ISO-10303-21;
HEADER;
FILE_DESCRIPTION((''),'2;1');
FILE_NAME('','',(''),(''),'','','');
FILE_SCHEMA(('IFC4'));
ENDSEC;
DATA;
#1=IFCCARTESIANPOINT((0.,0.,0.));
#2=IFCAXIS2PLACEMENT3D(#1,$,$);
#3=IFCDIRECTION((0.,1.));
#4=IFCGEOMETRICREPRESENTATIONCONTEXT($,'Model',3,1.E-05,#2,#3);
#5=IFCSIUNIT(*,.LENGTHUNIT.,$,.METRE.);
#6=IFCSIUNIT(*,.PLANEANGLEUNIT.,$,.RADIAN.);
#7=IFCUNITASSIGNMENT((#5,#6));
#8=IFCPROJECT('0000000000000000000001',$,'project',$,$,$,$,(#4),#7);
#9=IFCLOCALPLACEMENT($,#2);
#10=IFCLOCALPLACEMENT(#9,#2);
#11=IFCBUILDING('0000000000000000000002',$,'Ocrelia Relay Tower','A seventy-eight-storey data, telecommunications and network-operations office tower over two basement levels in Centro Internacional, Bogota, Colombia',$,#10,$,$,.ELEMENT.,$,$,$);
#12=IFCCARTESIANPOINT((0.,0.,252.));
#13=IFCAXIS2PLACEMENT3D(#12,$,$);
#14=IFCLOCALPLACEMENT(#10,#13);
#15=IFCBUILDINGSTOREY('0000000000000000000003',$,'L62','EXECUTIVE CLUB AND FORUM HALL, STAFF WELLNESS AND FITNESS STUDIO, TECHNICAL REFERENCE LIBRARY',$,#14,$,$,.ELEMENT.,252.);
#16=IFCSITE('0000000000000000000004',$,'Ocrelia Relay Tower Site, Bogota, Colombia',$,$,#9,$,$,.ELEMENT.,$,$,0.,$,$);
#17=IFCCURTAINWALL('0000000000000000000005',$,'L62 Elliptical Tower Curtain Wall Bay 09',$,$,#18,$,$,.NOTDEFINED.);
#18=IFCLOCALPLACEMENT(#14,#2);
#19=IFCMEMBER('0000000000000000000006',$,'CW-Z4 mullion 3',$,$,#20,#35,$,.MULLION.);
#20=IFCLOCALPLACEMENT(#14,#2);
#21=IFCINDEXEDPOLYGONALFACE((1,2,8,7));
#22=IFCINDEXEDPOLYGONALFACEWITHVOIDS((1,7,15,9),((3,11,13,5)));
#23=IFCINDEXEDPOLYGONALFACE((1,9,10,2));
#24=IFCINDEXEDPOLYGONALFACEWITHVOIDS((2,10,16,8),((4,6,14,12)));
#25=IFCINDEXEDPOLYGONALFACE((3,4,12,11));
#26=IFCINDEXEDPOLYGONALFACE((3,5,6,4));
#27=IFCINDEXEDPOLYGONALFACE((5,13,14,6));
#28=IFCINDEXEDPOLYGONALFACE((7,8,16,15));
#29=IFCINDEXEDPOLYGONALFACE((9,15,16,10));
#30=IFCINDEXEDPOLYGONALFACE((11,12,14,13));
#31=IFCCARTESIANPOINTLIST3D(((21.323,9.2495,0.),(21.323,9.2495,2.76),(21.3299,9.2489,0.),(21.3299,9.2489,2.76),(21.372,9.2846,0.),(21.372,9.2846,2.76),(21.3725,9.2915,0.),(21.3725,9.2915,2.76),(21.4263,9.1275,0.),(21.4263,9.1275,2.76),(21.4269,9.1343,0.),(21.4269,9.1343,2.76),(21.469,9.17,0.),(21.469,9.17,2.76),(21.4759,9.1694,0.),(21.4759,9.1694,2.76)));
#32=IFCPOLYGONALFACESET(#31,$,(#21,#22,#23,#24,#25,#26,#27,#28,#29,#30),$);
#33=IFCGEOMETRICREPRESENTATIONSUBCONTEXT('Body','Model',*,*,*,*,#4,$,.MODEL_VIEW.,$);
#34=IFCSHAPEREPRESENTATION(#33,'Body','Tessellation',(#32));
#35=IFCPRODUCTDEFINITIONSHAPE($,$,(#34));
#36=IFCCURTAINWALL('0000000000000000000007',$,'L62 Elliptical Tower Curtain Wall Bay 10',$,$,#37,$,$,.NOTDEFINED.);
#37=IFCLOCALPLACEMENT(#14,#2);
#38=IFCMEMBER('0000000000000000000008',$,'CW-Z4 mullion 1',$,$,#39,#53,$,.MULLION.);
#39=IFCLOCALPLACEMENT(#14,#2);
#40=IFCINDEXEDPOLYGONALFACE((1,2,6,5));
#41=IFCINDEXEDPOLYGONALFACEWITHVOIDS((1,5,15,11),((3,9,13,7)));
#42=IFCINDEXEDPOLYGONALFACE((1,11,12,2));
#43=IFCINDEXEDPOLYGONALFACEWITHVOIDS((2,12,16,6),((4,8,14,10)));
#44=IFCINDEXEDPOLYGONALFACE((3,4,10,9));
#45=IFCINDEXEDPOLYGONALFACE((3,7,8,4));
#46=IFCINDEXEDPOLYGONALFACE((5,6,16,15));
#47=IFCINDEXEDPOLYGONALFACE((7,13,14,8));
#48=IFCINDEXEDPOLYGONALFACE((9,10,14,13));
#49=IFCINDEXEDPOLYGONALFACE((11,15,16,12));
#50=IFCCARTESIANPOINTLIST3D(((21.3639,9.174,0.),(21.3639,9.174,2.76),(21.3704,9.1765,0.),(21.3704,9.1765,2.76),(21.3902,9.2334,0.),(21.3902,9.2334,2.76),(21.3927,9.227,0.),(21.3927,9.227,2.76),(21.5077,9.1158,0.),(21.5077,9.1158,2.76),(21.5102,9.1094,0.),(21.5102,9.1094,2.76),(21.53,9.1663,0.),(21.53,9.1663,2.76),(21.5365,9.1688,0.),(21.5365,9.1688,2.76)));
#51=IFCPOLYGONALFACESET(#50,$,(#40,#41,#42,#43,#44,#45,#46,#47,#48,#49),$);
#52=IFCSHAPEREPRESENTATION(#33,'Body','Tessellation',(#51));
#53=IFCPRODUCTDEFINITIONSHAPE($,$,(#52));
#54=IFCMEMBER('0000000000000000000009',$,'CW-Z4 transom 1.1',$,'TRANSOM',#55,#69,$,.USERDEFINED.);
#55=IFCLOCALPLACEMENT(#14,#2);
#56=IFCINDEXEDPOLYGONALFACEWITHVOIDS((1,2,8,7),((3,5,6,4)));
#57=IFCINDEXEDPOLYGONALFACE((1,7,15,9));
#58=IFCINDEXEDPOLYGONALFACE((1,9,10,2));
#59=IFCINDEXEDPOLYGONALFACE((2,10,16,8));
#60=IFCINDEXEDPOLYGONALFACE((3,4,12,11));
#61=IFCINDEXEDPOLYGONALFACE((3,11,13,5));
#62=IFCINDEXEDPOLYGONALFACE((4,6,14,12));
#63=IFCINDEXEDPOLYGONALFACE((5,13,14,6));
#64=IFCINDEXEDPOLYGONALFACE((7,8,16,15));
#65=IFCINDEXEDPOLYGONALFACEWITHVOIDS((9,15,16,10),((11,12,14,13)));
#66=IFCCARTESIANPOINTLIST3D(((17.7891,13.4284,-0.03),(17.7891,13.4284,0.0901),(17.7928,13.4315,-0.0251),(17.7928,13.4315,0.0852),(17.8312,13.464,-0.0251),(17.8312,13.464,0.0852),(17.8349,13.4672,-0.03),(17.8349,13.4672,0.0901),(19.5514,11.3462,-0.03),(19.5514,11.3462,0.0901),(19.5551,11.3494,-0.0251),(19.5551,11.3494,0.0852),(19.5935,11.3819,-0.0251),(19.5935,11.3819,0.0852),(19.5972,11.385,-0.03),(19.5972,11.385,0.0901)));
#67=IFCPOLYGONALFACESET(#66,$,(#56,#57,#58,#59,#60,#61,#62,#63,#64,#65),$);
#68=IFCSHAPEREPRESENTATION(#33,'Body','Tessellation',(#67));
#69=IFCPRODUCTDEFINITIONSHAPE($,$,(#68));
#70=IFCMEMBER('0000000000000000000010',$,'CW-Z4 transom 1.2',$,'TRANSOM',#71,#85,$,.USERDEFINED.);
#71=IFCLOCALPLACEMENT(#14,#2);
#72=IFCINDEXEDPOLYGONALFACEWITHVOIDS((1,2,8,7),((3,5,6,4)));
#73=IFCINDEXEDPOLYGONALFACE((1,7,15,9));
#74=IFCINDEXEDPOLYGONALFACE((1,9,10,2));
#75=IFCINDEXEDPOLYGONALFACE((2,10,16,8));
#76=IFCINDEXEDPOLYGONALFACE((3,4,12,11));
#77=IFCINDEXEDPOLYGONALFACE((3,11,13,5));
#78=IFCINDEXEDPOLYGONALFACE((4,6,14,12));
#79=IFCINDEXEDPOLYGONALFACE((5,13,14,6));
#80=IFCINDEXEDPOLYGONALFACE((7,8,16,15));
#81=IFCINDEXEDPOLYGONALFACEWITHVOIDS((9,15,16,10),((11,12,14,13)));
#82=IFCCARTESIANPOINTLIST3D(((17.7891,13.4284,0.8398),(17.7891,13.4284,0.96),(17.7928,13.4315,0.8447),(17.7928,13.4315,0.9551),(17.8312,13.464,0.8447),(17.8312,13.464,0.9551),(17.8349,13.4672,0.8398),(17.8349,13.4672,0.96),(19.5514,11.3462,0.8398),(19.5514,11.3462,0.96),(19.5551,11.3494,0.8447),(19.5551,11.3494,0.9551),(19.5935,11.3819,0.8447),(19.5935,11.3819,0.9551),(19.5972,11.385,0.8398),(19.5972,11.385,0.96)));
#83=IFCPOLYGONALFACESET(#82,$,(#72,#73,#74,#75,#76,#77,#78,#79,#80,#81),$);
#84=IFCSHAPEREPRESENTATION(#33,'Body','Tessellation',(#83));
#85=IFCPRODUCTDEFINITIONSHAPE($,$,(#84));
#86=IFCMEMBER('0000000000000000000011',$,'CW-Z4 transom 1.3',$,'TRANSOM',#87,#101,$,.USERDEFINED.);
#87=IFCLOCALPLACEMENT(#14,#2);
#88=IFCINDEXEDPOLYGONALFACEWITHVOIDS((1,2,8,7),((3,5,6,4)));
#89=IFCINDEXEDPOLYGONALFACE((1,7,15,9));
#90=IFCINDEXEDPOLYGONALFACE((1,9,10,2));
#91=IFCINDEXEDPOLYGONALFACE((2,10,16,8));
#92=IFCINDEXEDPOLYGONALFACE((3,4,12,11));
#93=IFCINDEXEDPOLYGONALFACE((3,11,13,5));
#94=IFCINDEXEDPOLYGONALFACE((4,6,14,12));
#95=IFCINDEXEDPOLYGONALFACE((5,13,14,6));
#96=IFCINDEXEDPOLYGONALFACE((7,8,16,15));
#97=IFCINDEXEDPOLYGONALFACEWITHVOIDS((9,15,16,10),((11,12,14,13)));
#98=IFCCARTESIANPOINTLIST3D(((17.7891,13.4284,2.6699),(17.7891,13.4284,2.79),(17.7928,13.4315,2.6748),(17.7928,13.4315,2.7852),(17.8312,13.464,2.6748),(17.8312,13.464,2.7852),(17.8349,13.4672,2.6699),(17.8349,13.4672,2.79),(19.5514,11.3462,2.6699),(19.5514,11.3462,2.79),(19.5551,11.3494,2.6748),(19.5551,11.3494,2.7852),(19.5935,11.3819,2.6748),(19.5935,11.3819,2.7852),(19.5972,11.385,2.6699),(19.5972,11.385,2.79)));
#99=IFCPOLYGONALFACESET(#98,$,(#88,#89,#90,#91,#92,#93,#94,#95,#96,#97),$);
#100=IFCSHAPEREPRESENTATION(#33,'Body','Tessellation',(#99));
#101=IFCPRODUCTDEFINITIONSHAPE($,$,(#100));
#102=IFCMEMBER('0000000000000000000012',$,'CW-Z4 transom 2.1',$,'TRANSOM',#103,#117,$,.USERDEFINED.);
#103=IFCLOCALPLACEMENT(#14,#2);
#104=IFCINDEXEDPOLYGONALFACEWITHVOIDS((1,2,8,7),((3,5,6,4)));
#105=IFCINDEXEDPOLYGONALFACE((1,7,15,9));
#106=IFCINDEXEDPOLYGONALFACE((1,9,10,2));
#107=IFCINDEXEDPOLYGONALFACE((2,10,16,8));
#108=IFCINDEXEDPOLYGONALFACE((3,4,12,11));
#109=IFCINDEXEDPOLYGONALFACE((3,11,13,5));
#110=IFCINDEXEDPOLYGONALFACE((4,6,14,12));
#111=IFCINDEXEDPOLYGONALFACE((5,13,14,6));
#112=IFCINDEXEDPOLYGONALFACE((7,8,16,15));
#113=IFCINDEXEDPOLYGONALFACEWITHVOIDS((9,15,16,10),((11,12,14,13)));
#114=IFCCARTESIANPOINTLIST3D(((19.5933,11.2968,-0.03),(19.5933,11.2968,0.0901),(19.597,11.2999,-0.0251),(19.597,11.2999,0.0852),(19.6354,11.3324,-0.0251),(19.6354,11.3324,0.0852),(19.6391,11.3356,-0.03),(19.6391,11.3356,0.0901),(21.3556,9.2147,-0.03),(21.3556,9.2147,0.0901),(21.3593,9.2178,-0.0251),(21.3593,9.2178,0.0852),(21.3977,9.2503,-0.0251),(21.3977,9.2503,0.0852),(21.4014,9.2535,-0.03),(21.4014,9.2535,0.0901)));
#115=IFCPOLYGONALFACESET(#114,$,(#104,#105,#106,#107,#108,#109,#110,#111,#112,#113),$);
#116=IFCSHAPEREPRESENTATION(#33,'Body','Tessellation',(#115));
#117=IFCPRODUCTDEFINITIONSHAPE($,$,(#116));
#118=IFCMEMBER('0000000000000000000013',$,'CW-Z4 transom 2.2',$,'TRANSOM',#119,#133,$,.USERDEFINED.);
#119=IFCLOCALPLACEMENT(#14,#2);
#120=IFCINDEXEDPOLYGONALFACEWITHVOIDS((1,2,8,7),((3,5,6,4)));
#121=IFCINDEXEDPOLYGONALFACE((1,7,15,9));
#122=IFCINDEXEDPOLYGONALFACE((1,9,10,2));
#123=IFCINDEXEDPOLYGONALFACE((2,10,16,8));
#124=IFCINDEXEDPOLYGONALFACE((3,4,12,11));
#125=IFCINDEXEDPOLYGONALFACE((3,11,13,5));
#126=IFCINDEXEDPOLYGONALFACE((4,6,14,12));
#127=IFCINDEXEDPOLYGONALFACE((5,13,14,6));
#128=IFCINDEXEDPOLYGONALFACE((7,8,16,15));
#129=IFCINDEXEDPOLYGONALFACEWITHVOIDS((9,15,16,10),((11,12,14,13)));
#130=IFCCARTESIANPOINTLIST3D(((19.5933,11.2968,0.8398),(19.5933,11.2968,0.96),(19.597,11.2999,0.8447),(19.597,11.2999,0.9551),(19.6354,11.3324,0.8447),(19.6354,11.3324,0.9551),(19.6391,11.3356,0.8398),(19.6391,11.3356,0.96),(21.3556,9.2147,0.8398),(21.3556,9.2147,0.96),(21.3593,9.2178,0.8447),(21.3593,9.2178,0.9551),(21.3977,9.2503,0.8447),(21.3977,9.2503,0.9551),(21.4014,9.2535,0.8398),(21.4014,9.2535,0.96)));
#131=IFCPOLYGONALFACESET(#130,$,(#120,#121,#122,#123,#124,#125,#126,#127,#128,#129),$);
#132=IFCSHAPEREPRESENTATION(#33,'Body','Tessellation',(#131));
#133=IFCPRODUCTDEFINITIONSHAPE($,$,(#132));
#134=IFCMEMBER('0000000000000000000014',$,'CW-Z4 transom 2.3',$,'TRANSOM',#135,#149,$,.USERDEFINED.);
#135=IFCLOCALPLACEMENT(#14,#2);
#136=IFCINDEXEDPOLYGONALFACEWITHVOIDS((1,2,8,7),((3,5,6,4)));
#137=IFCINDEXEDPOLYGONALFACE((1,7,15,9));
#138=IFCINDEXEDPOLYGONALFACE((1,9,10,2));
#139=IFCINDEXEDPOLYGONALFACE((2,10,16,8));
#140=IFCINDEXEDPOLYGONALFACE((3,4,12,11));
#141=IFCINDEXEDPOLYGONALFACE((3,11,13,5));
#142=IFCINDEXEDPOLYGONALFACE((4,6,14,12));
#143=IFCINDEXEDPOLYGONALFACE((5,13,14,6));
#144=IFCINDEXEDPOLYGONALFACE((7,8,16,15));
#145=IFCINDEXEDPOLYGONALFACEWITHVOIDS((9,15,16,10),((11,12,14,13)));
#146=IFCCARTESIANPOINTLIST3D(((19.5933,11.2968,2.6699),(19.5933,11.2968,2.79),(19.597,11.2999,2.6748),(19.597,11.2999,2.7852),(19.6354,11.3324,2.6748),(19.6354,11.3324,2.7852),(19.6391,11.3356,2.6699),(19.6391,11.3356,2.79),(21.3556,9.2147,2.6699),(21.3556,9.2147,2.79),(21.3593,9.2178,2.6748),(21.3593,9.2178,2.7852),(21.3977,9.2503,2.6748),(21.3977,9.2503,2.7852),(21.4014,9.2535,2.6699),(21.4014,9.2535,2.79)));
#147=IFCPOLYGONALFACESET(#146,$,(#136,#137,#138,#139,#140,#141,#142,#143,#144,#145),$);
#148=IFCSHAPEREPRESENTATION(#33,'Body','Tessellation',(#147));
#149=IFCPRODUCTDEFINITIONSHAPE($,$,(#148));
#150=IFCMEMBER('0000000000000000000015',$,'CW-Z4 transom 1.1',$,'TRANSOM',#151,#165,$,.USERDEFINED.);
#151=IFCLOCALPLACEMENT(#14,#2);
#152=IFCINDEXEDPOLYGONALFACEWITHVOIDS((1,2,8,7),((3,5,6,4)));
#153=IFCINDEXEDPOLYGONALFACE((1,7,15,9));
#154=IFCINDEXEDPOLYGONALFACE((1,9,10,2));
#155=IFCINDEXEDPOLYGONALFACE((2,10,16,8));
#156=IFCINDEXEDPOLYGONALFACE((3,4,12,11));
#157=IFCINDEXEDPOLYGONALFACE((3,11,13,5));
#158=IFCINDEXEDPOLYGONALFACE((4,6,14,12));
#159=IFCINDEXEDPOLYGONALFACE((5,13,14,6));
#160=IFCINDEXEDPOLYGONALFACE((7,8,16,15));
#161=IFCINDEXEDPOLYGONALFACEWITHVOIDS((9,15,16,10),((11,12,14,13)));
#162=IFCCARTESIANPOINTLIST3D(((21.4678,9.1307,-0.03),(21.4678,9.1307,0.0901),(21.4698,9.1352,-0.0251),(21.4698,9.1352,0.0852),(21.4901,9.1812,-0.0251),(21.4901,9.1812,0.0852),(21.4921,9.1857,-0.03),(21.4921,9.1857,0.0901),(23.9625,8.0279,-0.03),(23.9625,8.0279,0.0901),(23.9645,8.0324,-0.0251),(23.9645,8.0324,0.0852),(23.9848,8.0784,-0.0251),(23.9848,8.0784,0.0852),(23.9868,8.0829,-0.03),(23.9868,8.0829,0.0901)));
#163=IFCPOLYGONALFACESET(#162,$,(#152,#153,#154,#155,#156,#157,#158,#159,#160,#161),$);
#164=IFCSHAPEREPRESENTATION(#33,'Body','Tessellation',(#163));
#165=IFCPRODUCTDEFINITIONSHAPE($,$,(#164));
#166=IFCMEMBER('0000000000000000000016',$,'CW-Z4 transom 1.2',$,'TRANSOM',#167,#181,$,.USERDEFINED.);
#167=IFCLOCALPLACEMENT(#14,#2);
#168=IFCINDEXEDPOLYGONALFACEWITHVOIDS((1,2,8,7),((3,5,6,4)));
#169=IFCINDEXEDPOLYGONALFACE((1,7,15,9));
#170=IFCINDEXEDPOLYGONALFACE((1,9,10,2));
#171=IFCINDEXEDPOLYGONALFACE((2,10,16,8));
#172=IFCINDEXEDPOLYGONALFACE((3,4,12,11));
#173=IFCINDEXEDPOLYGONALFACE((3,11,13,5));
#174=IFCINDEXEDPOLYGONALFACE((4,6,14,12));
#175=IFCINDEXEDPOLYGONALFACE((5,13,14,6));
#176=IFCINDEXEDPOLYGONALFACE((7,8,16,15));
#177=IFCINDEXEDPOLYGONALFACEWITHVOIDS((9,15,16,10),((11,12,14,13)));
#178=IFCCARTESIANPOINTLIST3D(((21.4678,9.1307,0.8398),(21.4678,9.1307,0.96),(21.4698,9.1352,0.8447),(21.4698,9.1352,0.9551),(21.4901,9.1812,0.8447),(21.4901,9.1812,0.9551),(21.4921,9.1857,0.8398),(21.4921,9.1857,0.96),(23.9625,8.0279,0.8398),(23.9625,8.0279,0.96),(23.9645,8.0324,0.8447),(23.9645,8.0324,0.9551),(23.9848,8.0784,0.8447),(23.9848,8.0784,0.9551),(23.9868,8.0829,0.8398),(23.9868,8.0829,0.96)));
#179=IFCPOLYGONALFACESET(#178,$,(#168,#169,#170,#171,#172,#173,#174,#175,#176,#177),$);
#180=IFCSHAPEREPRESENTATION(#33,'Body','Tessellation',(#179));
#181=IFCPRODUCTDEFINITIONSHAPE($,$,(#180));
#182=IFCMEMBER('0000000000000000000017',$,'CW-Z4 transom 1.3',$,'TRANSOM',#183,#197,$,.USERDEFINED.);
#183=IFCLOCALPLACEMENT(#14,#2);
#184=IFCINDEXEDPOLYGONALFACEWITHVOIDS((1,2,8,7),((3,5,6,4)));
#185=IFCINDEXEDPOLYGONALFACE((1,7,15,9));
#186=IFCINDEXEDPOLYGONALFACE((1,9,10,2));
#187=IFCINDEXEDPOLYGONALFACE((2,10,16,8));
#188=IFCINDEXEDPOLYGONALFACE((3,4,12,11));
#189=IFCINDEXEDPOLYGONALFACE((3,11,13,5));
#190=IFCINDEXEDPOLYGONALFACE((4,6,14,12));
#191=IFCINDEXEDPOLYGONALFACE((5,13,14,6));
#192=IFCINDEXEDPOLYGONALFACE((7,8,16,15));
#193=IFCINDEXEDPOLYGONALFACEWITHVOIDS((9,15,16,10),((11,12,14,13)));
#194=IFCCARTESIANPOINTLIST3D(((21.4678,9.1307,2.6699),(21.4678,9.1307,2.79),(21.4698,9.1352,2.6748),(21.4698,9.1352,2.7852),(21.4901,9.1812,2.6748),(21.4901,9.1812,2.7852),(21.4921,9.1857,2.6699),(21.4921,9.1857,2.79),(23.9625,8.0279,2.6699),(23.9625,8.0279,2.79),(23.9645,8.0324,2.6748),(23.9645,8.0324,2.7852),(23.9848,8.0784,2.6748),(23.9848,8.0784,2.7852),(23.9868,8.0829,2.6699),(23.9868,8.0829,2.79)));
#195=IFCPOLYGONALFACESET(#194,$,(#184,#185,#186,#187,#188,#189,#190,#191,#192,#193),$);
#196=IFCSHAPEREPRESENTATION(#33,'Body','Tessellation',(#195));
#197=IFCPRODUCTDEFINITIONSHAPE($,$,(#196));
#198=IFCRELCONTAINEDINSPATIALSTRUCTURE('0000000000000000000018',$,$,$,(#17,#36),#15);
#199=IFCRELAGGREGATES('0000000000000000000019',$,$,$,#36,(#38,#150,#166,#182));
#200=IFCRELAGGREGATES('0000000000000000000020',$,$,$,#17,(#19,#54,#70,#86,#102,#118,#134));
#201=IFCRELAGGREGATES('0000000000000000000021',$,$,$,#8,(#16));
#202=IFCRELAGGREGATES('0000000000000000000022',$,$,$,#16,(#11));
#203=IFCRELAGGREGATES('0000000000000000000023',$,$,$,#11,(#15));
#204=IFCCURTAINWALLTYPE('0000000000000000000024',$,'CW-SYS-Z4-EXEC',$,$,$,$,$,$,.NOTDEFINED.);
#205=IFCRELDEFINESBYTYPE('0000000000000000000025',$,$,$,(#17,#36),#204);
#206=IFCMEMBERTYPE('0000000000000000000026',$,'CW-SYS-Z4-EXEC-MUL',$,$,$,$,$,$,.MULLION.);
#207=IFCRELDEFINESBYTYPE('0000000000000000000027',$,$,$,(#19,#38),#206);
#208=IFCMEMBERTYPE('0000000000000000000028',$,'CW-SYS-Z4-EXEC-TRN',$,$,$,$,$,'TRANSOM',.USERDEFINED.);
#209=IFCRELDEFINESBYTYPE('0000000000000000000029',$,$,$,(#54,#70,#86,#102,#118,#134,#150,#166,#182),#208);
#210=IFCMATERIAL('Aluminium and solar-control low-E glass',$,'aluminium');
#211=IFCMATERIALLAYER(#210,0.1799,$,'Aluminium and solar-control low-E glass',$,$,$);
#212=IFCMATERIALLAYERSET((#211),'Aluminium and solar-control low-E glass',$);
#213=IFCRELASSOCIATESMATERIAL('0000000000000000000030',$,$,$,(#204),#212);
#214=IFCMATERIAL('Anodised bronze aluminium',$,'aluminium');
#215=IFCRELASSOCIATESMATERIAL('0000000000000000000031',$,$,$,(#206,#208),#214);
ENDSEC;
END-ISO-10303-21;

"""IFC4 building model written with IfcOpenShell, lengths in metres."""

from ifc_helpers import new_model, si_unit, direction, frame, origin, origin_2d, place, context, subcontext, project, spatial, hollow_rectangle, extrude, material, layer, layer_set, material_profile, profile_set, type_object, element, aggregate, save


model = new_model("IFC4")

# Units and contexts
model_context = context("Model", 3, precision=1e-05, world=origin(), true_north=direction((0.0, 1.0)))
body_context = subcontext(model_context, "Body", "Model", "MODEL_VIEW")
ifc_project = project(units=[si_unit("LENGTHUNIT", "METRE"), si_unit("PLANEANGLEUNIT", "RADIAN")], contexts=[model_context])

# Site, building, storey
site_placement = place(None, origin())
site = spatial("IfcSite", under=ifc_project, at=site_placement, Name="Ocrelia Relay Tower Site, Bogota, Colombia", CompositionType="ELEMENT", RefElevation=0.0)
building_placement = place(site_placement, origin())
building = spatial("IfcBuilding", under=site, at=building_placement, Name="Ocrelia Relay Tower", Description="A seventy-eight-storey data, telecommunications and network-operations office tower over two basement levels in Centro Internacional, Bogota, Colombia", CompositionType="ELEMENT")
storey_placement = place(building_placement, frame((0.0, 0.0, 252.0)))
storey = spatial("IfcBuildingStorey", under=building, at=storey_placement, Name="L62", Description="EXECUTIVE CLUB AND FORUM HALL, STAFF WELLNESS AND FITNESS STUDIO, TECHNICAL REFERENCE LIBRARY", CompositionType="ELEMENT", Elevation=252.0)

# Curtain wall, member
ifc_material_1 = material(Name="Aluminium and solar-control low-E glass", Category="aluminium")
ifc_layer_1 = layer(ifc_material_1, 0.1799, Name="Aluminium and solar-control low-E glass")
ifc_layer_set_1 = layer_set([ifc_layer_1], Name="Aluminium and solar-control low-E glass")
curtain_wall_type = type_object("IfcCurtainWallType", Name="CW-SYS-Z4-EXEC", PredefinedType="NOTDEFINED", material=ifc_layer_set_1)
curtain_wall_1_placement = place(storey_placement, origin())
curtain_wall_1 = element("IfcCurtainWall", 1, at=curtain_wall_1_placement, inside=storey, type_object=curtain_wall_type, Name="L62 Elliptical Tower Curtain Wall Bay 09", PredefinedType="NOTDEFINED")
ifc_material_2 = material(Name="Anodised bronze aluminium", Category="aluminium")
ifc_material_profile_1 = material_profile(ifc_material_2, hollow_rectangle(XDim=0.0649, YDim=0.1599, WallThickness=0.0049, at=origin_2d()), Name="CW-MUL-160x65")
ifc_profile_set_1 = profile_set([ifc_material_profile_1], Name="Anodised bronze aluminium")
member_type_1 = type_object("IfcMemberType", Name="CW-SYS-Z4-EXEC-MUL", PredefinedType="MULLION", material=ifc_profile_set_1)
member_1_placement = place(storey_placement, frame((21.3994, 9.2095, 0.0), z_axis=(0.0, 0.0, 1.0), x_axis=(0.763265, 0.646086, 0.0)))
member_1 = element("IfcMember", 2, at=member_1_placement, type_object=member_type_1, Name="CW-Z4 mullion 3", PredefinedType="MULLION", context=body_context, shape_type="SweptSolid", body=[
    extrude(hollow_rectangle(XDim=0.0649, YDim=0.1599, WallThickness=0.0049, at=origin_2d()), origin(), (0.0, 0.0, 1.0), 2.76),
])

# Curtain wall, member
curtain_wall_2_placement = place(storey_placement, origin())
curtain_wall_2 = element("IfcCurtainWall", 3, at=curtain_wall_2_placement, inside=storey, type_object=curtain_wall_type, Name="L62 Elliptical Tower Curtain Wall Bay 10", PredefinedType="NOTDEFINED")
member_2_placement = place(storey_placement, frame((21.4502, 9.1714, 0.0), z_axis=(0.0, 0.0, 1.0), x_axis=(0.404298, 0.914627, 0.0)))
member_2 = element("IfcMember", 4, at=member_2_placement, type_object=member_type_1, Name="CW-Z4 mullion 1", PredefinedType="MULLION", context=body_context, shape_type="SweptSolid", body=[
    extrude(hollow_rectangle(XDim=0.0649, YDim=0.1599, WallThickness=0.0049, at=origin_2d()), origin(), (0.0, 0.0, 1.0), 2.76),
])

# Members
ifc_material_profile_2 = material_profile(ifc_material_2, hollow_rectangle(XDim=0.0601, YDim=0.1201, WallThickness=0.0049, at=origin_2d()), Name="CW-TRN-120x60")
ifc_profile_set_2 = profile_set([ifc_material_profile_2], Name="Anodised bronze aluminium")
member_type_2 = type_object("IfcMemberType", Name="CW-SYS-Z4-EXEC-TRN", ElementType="TRANSOM", PredefinedType="USERDEFINED", material=ifc_profile_set_2)
member_3_placement = place(storey_placement, frame((17.812, 13.4478, 0.03), z_axis=(0.646047, -0.763298, 0.0), x_axis=(0.763298, 0.646047, 0.0)))
member_3 = element("IfcMember", 5, at=member_3_placement, type_object=member_type_2, Name="CW-Z4 transom 1.1", ObjectType="TRANSOM", PredefinedType="USERDEFINED", context=body_context, shape_type="SweptSolid", body=[
    extrude(hollow_rectangle(XDim=0.0601, YDim=0.1201, WallThickness=0.0049, at=origin_2d()), origin(), (0.0, 0.0, 1.0), 2.7278),
])
member_4_placement = place(storey_placement, frame((17.812, 13.4478, 0.8999), z_axis=(0.646047, -0.763298, 0.0), x_axis=(0.763298, 0.646047, 0.0)))
member_4 = element("IfcMember", 6, at=member_4_placement, type_object=member_type_2, Name="CW-Z4 transom 1.2", ObjectType="TRANSOM", PredefinedType="USERDEFINED", context=body_context, shape_type="SweptSolid", body=[
    extrude(hollow_rectangle(XDim=0.0601, YDim=0.1201, WallThickness=0.0049, at=origin_2d()), origin(), (0.0, 0.0, 1.0), 2.7278),
])
member_5_placement = place(storey_placement, frame((17.812, 13.4478, 2.73), z_axis=(0.646047, -0.763298, 0.0), x_axis=(0.763298, 0.646047, 0.0)))
member_5 = element("IfcMember", 7, at=member_5_placement, type_object=member_type_2, Name="CW-Z4 transom 1.3", ObjectType="TRANSOM", PredefinedType="USERDEFINED", context=body_context, shape_type="SweptSolid", body=[
    extrude(hollow_rectangle(XDim=0.0601, YDim=0.1201, WallThickness=0.0049, at=origin_2d()), origin(), (0.0, 0.0, 1.0), 2.7278),
])
member_6_placement = place(storey_placement, frame((19.6162, 11.3162, 0.03), z_axis=(0.646047, -0.763298, 0.0), x_axis=(0.763298, 0.646047, 0.0)))
member_6 = element("IfcMember", 8, at=member_6_placement, type_object=member_type_2, Name="CW-Z4 transom 2.1", ObjectType="TRANSOM", PredefinedType="USERDEFINED", context=body_context, shape_type="SweptSolid", body=[
    extrude(hollow_rectangle(XDim=0.0601, YDim=0.1201, WallThickness=0.0049, at=origin_2d()), origin(), (0.0, 0.0, 1.0), 2.7278),
])
member_7_placement = place(storey_placement, frame((19.6162, 11.3162, 0.8999), z_axis=(0.646047, -0.763298, 0.0), x_axis=(0.763298, 0.646047, 0.0)))
member_7 = element("IfcMember", 9, at=member_7_placement, type_object=member_type_2, Name="CW-Z4 transom 2.2", ObjectType="TRANSOM", PredefinedType="USERDEFINED", context=body_context, shape_type="SweptSolid", body=[
    extrude(hollow_rectangle(XDim=0.0601, YDim=0.1201, WallThickness=0.0049, at=origin_2d()), origin(), (0.0, 0.0, 1.0), 2.7278),
])
member_8_placement = place(storey_placement, frame((19.6162, 11.3162, 2.73), z_axis=(0.646047, -0.763298, 0.0), x_axis=(0.763298, 0.646047, 0.0)))
member_8 = element("IfcMember", 10, at=member_8_placement, type_object=member_type_2, Name="CW-Z4 transom 2.3", ObjectType="TRANSOM", PredefinedType="USERDEFINED", context=body_context, shape_type="SweptSolid", body=[
    extrude(hollow_rectangle(XDim=0.0601, YDim=0.1201, WallThickness=0.0049, at=origin_2d()), origin(), (0.0, 0.0, 1.0), 2.7278),
])
member_9_placement = place(storey_placement, frame((21.48, 9.1582, 0.03), z_axis=(0.914618, -0.404319, 0.0), x_axis=(0.404319, 0.914618, 0.0)))
member_9 = element("IfcMember", 11, at=member_9_placement, type_object=member_type_2, Name="CW-Z4 transom 1.1", ObjectType="TRANSOM", PredefinedType="USERDEFINED", context=body_context, shape_type="SweptSolid", body=[
    extrude(hollow_rectangle(XDim=0.0601, YDim=0.1201, WallThickness=0.0049, at=origin_2d()), origin(), (0.0, 0.0, 1.0), 2.7275),
])
member_10_placement = place(storey_placement, frame((21.48, 9.1582, 0.8999), z_axis=(0.914618, -0.404319, 0.0), x_axis=(0.404319, 0.914618, 0.0)))
member_10 = element("IfcMember", 12, at=member_10_placement, type_object=member_type_2, Name="CW-Z4 transom 1.2", ObjectType="TRANSOM", PredefinedType="USERDEFINED", context=body_context, shape_type="SweptSolid", body=[
    extrude(hollow_rectangle(XDim=0.0601, YDim=0.1201, WallThickness=0.0049, at=origin_2d()), origin(), (0.0, 0.0, 1.0), 2.7275),
])
member_11_placement = place(storey_placement, frame((21.48, 9.1582, 2.73), z_axis=(0.914618, -0.404319, 0.0), x_axis=(0.404319, 0.914618, 0.0)))
member_11 = element("IfcMember", 13, at=member_11_placement, type_object=member_type_2, Name="CW-Z4 transom 1.3", ObjectType="TRANSOM", PredefinedType="USERDEFINED", context=body_context, shape_type="SweptSolid", body=[
    extrude(hollow_rectangle(XDim=0.0601, YDim=0.1201, WallThickness=0.0049, at=origin_2d()), origin(), (0.0, 0.0, 1.0), 2.7275),
])
aggregate(curtain_wall_2, [member_2, member_9, member_10, member_11])

aggregate(curtain_wall_1, [member_1, member_3, member_4, member_5, member_6, member_7, member_8])

save(model, "model.ifc")
